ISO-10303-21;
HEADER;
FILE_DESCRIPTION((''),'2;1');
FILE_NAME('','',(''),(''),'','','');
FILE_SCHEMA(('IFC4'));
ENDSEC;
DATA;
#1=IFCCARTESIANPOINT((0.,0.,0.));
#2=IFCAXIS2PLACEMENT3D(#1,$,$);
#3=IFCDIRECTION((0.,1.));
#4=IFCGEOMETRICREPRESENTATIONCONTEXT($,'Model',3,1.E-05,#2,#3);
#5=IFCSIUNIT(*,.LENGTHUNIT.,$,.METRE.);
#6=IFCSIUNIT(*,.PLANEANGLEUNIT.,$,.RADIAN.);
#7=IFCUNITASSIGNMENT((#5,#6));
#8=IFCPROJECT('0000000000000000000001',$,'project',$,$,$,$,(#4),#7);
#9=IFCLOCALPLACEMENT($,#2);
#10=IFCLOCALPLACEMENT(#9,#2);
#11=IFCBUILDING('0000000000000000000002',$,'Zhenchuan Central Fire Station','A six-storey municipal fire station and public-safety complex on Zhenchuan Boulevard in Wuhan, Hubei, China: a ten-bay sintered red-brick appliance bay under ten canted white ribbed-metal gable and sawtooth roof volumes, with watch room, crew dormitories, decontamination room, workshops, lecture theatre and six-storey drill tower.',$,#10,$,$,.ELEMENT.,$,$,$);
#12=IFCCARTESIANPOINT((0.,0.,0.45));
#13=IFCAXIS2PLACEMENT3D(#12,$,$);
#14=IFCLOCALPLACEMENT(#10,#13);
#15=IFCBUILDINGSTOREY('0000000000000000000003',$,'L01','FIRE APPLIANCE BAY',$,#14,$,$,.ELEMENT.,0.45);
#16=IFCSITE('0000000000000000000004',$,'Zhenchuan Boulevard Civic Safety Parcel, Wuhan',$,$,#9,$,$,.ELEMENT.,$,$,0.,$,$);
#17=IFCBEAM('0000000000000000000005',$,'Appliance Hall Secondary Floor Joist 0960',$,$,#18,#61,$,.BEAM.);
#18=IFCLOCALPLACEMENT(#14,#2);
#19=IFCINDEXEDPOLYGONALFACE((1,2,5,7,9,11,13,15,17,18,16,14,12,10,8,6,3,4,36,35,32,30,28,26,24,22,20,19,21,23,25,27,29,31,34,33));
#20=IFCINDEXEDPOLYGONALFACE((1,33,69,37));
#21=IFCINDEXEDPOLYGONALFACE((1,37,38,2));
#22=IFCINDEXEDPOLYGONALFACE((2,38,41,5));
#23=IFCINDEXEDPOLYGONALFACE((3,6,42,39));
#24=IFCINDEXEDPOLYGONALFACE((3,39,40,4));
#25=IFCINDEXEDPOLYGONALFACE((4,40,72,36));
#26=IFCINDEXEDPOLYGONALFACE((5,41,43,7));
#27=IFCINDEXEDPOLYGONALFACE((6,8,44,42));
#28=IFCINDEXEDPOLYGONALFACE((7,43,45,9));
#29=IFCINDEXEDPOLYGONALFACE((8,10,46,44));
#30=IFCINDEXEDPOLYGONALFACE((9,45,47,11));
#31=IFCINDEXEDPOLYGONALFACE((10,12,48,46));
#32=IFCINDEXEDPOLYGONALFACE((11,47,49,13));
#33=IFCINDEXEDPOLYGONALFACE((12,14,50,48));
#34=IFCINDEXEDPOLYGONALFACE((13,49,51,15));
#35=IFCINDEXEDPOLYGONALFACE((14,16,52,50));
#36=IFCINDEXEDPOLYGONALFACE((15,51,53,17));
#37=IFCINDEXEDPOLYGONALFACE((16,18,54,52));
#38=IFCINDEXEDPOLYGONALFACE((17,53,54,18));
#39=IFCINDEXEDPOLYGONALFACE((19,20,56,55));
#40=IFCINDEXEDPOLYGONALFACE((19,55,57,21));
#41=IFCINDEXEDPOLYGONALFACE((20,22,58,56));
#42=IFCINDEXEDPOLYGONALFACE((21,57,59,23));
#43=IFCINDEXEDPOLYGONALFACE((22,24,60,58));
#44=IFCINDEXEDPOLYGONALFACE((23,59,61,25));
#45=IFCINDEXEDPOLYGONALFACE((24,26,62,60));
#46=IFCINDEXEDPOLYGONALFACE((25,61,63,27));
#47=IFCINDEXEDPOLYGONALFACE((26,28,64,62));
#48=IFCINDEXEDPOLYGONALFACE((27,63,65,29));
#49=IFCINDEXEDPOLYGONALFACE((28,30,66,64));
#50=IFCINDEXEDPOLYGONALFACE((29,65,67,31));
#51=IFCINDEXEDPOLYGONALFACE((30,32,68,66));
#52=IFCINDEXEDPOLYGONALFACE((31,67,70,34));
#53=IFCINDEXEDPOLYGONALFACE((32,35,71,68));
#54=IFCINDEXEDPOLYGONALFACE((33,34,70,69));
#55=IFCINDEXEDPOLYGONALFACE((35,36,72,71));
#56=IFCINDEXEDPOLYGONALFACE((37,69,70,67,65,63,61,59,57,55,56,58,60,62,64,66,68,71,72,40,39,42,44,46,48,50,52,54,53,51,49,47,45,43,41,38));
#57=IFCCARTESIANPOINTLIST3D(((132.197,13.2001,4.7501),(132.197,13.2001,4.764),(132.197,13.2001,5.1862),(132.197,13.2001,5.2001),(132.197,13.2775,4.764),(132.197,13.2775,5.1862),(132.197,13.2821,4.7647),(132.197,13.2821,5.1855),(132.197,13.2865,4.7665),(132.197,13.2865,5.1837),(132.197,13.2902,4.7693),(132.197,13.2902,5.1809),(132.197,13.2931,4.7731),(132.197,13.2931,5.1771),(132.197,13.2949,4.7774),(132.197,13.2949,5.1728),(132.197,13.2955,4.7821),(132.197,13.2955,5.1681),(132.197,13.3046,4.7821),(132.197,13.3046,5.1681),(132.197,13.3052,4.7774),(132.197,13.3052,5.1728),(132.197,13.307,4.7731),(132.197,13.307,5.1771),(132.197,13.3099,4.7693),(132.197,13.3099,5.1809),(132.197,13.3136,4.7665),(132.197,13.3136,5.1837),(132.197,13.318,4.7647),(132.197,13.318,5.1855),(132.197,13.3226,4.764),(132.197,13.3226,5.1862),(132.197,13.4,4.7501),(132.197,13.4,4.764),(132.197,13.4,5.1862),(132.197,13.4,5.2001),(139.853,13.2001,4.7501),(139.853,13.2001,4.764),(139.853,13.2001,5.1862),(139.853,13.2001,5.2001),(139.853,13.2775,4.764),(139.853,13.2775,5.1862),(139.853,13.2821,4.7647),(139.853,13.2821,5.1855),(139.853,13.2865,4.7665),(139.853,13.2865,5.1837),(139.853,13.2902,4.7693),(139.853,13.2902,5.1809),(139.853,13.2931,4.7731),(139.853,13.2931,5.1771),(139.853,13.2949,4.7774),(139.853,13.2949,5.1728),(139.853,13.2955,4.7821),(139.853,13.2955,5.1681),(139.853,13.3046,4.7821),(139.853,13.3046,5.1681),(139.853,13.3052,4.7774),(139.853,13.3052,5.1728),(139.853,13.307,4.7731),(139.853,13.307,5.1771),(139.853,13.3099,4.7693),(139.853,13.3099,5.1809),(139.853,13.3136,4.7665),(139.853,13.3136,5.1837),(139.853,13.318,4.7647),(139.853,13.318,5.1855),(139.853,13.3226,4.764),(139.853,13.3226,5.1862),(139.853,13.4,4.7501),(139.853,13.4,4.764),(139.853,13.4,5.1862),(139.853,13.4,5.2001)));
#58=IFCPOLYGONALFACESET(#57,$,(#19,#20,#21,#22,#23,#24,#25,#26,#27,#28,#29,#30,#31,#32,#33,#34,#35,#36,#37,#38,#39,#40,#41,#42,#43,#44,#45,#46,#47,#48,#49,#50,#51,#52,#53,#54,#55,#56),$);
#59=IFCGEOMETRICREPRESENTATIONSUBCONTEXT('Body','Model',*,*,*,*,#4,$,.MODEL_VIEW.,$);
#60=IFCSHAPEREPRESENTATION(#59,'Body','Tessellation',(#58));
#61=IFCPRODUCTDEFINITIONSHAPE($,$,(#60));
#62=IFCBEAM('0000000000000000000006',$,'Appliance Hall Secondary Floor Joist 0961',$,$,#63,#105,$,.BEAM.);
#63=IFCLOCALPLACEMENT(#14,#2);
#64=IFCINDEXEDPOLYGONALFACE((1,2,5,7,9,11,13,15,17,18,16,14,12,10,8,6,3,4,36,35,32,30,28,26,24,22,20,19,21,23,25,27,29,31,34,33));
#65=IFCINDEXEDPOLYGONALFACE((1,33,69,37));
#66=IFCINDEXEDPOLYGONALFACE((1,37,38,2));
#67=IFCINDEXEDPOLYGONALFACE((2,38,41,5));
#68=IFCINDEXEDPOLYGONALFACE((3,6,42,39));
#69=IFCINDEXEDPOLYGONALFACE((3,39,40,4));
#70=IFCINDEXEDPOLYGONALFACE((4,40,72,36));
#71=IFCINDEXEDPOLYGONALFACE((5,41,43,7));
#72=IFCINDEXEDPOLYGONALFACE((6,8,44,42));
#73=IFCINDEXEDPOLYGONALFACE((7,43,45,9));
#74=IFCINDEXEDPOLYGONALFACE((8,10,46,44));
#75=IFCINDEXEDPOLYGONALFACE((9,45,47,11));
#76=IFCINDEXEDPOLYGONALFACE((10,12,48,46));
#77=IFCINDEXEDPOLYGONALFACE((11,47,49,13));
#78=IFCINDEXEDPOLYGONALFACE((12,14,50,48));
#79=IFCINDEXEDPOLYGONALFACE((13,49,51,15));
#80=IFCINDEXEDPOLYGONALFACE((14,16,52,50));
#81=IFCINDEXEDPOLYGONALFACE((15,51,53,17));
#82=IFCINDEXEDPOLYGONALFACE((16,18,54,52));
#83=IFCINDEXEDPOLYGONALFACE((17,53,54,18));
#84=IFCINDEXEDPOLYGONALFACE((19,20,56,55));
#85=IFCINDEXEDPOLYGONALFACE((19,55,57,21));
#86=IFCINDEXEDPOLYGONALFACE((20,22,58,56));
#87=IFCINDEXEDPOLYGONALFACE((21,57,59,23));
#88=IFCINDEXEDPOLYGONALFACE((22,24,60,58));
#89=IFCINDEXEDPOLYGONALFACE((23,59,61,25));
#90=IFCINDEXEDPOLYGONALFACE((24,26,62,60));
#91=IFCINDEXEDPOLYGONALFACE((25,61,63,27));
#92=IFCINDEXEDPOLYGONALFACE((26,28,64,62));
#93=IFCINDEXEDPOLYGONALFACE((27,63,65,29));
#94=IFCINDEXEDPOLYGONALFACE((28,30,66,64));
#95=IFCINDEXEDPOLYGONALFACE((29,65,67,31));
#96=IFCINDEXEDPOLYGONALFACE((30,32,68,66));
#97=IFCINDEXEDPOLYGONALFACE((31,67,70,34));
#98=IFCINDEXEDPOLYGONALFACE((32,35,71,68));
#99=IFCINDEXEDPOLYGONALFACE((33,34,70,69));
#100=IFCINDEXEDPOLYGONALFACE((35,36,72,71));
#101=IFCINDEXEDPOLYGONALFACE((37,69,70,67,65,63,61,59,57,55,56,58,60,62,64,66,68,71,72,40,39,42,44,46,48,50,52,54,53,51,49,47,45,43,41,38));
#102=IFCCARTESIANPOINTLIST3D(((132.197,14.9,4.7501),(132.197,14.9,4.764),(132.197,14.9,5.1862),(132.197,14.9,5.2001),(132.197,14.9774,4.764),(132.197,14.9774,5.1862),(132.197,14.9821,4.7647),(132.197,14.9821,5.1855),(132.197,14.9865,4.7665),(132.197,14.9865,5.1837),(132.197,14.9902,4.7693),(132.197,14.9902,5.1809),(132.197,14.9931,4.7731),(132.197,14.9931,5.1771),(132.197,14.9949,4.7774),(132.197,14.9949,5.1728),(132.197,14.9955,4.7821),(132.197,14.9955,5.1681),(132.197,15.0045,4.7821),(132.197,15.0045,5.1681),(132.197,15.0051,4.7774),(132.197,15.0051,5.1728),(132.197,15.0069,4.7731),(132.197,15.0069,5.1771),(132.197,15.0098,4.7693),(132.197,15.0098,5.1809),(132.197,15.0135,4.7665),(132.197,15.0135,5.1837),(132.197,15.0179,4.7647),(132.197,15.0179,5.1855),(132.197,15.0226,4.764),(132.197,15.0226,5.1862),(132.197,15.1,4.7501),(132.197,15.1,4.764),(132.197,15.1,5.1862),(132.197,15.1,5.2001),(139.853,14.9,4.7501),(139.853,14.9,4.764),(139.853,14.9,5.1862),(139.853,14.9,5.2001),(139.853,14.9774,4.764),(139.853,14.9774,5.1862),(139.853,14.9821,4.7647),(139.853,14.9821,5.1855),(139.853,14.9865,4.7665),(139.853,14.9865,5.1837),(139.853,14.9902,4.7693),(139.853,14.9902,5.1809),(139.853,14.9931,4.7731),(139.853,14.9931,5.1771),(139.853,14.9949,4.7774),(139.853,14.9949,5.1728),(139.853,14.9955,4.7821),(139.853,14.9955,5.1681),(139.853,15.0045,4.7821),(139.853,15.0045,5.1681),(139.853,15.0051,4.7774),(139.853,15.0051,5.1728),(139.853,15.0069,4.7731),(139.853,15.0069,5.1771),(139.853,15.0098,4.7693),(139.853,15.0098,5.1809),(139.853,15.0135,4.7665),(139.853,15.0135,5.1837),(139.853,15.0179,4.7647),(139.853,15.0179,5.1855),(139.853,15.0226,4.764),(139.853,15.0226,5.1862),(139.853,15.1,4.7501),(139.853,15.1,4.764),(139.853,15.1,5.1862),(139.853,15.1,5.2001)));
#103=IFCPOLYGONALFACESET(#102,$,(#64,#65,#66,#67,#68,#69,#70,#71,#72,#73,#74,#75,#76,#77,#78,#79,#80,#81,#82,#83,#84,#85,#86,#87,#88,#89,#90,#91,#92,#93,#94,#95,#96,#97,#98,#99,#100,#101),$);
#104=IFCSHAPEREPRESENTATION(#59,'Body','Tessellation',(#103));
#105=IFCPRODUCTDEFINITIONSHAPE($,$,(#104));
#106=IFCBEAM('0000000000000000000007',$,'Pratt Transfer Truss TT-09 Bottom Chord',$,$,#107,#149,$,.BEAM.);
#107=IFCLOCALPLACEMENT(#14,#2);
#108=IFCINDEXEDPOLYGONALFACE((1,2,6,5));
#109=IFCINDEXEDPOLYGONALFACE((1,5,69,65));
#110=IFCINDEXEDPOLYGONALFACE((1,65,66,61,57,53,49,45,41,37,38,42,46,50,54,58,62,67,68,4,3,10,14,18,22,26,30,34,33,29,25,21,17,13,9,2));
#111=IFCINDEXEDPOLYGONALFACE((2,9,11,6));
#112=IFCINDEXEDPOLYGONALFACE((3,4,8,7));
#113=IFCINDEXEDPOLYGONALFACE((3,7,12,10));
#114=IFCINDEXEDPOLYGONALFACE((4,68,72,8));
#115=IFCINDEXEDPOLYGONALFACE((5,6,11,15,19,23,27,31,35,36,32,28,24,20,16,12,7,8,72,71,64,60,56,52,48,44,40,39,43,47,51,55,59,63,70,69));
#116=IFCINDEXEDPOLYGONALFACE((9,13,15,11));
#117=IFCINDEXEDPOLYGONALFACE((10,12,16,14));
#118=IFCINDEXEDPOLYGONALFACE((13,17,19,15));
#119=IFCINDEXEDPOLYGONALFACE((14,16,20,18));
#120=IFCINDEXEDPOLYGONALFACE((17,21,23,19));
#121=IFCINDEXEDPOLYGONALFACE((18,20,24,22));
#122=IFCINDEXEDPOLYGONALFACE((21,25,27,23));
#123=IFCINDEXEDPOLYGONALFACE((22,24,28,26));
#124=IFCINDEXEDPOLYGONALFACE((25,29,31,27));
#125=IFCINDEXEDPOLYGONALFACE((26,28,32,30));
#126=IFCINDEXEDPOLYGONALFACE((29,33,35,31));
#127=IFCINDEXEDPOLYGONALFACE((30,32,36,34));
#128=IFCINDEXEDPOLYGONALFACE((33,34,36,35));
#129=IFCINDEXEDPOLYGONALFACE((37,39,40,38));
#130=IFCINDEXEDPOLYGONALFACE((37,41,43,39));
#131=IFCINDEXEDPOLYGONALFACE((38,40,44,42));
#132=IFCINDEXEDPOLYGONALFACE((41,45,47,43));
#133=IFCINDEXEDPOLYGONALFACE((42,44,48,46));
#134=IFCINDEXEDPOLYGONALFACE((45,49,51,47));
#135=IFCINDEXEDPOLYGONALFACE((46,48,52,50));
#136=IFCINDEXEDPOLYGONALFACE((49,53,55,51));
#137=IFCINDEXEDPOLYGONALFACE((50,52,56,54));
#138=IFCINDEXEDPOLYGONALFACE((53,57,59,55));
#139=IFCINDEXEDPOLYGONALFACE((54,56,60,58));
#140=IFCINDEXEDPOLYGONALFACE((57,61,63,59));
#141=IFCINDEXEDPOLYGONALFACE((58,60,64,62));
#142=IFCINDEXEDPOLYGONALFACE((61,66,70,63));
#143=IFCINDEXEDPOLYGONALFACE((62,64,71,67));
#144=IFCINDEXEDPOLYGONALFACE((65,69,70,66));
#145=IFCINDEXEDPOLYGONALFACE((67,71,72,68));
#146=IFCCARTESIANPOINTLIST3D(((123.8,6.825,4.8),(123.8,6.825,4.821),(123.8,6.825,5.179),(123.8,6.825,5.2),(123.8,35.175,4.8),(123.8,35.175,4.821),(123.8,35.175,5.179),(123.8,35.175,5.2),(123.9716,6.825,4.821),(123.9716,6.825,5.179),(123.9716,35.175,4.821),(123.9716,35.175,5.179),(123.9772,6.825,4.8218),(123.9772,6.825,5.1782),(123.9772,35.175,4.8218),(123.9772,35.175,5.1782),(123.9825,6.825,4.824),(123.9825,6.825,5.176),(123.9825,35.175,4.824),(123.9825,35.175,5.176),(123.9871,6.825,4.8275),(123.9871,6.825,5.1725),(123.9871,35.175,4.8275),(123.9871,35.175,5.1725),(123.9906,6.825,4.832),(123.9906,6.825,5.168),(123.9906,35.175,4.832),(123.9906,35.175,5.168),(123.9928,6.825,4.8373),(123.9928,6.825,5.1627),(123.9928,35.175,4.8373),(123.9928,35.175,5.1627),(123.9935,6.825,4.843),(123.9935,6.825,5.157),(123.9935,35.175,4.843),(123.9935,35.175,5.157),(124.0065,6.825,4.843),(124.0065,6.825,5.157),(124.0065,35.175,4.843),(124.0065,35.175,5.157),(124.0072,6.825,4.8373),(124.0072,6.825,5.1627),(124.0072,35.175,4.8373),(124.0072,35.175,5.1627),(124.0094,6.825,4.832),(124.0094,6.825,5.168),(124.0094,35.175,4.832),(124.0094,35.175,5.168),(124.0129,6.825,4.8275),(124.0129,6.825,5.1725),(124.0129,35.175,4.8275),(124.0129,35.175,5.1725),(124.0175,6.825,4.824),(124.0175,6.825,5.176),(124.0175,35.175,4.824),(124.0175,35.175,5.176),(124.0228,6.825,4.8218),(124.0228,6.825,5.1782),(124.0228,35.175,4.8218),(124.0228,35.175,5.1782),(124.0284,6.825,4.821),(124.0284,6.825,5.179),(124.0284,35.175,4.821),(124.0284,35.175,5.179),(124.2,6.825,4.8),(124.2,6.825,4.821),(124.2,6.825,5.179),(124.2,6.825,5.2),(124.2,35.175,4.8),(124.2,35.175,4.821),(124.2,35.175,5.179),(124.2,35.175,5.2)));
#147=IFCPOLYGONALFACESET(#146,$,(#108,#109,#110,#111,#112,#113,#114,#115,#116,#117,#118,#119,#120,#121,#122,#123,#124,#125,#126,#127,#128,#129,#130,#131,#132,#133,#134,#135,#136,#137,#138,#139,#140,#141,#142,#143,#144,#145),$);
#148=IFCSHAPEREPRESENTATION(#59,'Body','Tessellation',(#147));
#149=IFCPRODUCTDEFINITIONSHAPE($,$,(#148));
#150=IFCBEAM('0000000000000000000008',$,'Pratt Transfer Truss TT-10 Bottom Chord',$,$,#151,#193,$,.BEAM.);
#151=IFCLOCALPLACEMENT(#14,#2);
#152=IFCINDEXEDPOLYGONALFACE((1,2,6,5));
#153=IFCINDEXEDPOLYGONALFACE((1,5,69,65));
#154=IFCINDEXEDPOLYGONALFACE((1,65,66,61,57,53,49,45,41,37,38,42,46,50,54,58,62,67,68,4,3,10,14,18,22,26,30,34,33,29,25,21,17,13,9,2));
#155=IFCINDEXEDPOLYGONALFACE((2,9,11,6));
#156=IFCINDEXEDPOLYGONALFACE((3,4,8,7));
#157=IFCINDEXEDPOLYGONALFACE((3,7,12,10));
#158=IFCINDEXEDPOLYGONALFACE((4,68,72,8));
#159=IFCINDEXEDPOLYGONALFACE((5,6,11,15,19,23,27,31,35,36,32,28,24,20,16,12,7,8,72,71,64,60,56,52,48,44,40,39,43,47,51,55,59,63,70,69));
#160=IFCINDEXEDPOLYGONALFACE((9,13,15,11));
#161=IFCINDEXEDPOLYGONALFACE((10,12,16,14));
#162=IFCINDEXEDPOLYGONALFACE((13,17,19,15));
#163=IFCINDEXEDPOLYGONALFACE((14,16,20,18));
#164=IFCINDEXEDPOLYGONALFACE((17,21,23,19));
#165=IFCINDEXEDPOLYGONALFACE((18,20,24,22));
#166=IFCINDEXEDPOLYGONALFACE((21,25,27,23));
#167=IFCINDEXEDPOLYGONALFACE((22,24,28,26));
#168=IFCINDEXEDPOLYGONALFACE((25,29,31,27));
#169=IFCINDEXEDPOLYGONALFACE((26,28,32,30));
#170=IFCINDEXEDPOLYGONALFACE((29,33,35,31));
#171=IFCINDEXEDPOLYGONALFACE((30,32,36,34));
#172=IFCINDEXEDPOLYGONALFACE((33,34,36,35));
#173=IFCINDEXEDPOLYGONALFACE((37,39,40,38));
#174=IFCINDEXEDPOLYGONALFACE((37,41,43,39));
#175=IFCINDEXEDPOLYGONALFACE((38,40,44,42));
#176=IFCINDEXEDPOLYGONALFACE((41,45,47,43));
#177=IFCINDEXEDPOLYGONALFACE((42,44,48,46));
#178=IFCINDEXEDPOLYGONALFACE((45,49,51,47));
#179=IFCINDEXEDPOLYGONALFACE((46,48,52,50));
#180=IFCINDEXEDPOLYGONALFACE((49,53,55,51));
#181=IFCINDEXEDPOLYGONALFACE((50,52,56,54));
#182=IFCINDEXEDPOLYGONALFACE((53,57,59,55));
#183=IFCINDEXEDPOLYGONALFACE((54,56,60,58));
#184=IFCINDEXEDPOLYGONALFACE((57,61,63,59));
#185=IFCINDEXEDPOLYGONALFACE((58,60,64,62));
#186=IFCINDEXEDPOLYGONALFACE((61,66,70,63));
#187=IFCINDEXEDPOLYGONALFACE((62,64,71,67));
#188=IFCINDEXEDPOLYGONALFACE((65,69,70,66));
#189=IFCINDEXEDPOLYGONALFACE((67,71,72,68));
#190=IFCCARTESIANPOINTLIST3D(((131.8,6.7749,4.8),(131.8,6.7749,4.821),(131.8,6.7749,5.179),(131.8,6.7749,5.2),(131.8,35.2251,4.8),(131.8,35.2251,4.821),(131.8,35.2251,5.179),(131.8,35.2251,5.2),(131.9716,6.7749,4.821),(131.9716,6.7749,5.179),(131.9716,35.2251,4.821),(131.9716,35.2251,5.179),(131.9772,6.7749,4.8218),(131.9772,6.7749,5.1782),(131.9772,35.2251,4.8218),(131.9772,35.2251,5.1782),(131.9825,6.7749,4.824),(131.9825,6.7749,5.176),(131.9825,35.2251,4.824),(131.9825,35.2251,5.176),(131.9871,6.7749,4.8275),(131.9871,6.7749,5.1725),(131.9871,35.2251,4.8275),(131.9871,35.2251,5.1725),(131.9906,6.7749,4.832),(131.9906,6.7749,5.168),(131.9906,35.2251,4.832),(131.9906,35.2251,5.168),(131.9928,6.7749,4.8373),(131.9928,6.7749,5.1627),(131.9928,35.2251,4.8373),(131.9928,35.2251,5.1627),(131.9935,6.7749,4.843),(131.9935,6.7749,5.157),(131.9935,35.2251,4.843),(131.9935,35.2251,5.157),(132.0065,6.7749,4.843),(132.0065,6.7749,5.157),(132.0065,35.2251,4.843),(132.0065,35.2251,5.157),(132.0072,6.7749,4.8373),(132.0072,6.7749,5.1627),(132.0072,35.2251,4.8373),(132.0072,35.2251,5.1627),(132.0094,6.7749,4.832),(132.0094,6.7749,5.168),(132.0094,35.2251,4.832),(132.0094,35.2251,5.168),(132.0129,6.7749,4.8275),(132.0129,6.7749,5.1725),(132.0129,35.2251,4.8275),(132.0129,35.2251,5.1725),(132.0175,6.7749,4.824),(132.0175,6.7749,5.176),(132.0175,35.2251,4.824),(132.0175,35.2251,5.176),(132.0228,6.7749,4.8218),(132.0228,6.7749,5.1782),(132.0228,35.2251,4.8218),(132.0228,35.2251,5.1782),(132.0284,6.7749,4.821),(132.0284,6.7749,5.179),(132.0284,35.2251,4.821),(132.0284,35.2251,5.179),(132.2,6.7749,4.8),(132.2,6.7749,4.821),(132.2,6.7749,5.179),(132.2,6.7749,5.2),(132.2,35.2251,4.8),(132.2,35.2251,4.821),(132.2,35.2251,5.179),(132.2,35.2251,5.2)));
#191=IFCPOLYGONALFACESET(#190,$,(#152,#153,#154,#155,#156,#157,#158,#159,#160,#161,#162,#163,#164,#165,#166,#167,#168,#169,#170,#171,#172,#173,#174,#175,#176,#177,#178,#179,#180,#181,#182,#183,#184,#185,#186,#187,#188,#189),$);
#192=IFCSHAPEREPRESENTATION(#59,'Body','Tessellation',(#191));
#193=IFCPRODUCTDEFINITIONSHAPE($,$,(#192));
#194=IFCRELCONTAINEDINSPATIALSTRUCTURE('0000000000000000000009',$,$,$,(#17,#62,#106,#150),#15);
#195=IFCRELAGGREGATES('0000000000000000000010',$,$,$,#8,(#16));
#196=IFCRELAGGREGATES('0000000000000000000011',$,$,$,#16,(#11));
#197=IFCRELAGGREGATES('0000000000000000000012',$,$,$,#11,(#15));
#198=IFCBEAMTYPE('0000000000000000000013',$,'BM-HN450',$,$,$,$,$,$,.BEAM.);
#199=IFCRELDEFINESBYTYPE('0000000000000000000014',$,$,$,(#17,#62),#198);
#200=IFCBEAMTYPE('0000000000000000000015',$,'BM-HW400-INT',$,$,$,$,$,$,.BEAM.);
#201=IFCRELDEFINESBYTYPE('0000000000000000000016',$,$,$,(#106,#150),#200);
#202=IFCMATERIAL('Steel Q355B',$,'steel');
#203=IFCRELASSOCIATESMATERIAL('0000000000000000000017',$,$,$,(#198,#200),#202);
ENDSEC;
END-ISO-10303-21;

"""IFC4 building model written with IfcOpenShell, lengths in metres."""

from ifc_helpers import new_model, si_unit, direction, frame, origin, origin_2d, place, context, subcontext, project, spatial, i_section, extrude, material, material_profile, profile_set, type_object, element, save


model = new_model("IFC4")

# Units and contexts
model_context = context("Model", 3, precision=1e-05, world=origin(), true_north=direction((0.0, 1.0)))
body_context = subcontext(model_context, "Body", "Model", "MODEL_VIEW")
ifc_project = project(units=[si_unit("LENGTHUNIT", "METRE"), si_unit("PLANEANGLEUNIT", "RADIAN")], contexts=[model_context])

# Site, building, storey
site_placement = place(None, origin())
site = spatial("IfcSite", under=ifc_project, at=site_placement, Name="Zhenchuan Boulevard Civic Safety Parcel, Wuhan", CompositionType="ELEMENT", RefElevation=0.0)
building_placement = place(site_placement, origin())
building = spatial("IfcBuilding", under=site, at=building_placement, Name="Zhenchuan Central Fire Station", Description="A six-storey municipal fire station and public-safety complex on Zhenchuan Boulevard in Wuhan, Hubei, China: a ten-bay sintered red-brick appliance bay under ten canted white ribbed-metal gable and sawtooth roof volumes, with watch room, crew dormitories, decontamination room, workshops, lecture theatre and six-storey drill tower.", CompositionType="ELEMENT")
storey_placement = place(building_placement, frame((0.0, 0.0, 0.45)))
storey = spatial("IfcBuildingStorey", under=building, at=storey_placement, Name="L01", Description="FIRE APPLIANCE BAY", CompositionType="ELEMENT", Elevation=0.45)

# Beams
ifc_material_1 = material(Name="Steel Q355B", Category="steel")
ifc_material_profile_1 = material_profile(ifc_material_1, i_section(OverallWidth=0.2, OverallDepth=0.45, WebThickness=0.009, FlangeThickness=0.0139, FilletRadius=0.0181, at=origin_2d()), Name="HN 450x200")
ifc_profile_set_1 = profile_set([ifc_material_profile_1], Name="Steel Q355B")
beam_type_1 = type_object("IfcBeamType", Name="BM-HN450", PredefinedType="BEAM", material=ifc_profile_set_1)
for number, where, z_axis, x_axis, name in (
    (1, (132.197, 13.3, 4.9751), (1.0, 0.0, 0.0), (0.0, 1.0, 0.0), "Appliance Hall Secondary Floor Joist 0960"),
    (2, (132.197, 15.0, 4.9751), (1.0, 0.0, 0.0), (0.0, 1.0, 0.0), "Appliance Hall Secondary Floor Joist 0961"),
):
    element("IfcBeam", number, at=place(storey_placement, frame(where, z_axis=z_axis, x_axis=x_axis)), inside=storey, type_object=beam_type_1, Name=name, PredefinedType="BEAM", context=body_context, shape_type="SweptSolid", body=[
        extrude(i_section(OverallWidth=0.2, OverallDepth=0.45, WebThickness=0.009, FlangeThickness=0.0139, FilletRadius=0.0181, at=origin_2d()), origin(), (0.0, 0.0, 1.0), 7.656),
    ])
ifc_material_profile_2 = material_profile(ifc_material_1, i_section(OverallWidth=0.3999, OverallDepth=0.3999, WebThickness=0.0129, FlangeThickness=0.021, FilletRadius=0.022, at=origin_2d()), Name="HW 400x400")
ifc_profile_set_2 = profile_set([ifc_material_profile_2], Name="Steel Q355B")
beam_type_2 = type_object("IfcBeamType", Name="BM-HW400-INT", PredefinedType="BEAM", material=ifc_profile_set_2)
beam_1_placement = place(storey_placement, frame((124.0, 6.825, 5.0), z_axis=(0.0, 1.0, 0.0), x_axis=(-1.0, 0.0, 0.0)))
element("IfcBeam", 3, at=beam_1_placement, inside=storey, type_object=beam_type_2, Name="Pratt Transfer Truss TT-09 Bottom Chord", PredefinedType="BEAM", context=body_context, shape_type="SweptSolid", body=[
    extrude(i_section(OverallWidth=0.3999, OverallDepth=0.3999, WebThickness=0.0129, FlangeThickness=0.021, FilletRadius=0.022, at=origin_2d()), origin(), (0.0, 0.0, 1.0), 28.3501),
])
beam_2_placement = place(storey_placement, frame((132.0, 6.7749, 5.0), z_axis=(0.0, 1.0, 0.0), x_axis=(-1.0, 0.0, 0.0)))
element("IfcBeam", 4, at=beam_2_placement, inside=storey, type_object=beam_type_2, Name="Pratt Transfer Truss TT-10 Bottom Chord", PredefinedType="BEAM", context=body_context, shape_type="SweptSolid", body=[
    extrude(i_section(OverallWidth=0.3999, OverallDepth=0.3999, WebThickness=0.0129, FlangeThickness=0.021, FilletRadius=0.022, at=origin_2d()), origin(), (0.0, 0.0, 1.0), 28.4502),
])

save(model, "model.ifc")
